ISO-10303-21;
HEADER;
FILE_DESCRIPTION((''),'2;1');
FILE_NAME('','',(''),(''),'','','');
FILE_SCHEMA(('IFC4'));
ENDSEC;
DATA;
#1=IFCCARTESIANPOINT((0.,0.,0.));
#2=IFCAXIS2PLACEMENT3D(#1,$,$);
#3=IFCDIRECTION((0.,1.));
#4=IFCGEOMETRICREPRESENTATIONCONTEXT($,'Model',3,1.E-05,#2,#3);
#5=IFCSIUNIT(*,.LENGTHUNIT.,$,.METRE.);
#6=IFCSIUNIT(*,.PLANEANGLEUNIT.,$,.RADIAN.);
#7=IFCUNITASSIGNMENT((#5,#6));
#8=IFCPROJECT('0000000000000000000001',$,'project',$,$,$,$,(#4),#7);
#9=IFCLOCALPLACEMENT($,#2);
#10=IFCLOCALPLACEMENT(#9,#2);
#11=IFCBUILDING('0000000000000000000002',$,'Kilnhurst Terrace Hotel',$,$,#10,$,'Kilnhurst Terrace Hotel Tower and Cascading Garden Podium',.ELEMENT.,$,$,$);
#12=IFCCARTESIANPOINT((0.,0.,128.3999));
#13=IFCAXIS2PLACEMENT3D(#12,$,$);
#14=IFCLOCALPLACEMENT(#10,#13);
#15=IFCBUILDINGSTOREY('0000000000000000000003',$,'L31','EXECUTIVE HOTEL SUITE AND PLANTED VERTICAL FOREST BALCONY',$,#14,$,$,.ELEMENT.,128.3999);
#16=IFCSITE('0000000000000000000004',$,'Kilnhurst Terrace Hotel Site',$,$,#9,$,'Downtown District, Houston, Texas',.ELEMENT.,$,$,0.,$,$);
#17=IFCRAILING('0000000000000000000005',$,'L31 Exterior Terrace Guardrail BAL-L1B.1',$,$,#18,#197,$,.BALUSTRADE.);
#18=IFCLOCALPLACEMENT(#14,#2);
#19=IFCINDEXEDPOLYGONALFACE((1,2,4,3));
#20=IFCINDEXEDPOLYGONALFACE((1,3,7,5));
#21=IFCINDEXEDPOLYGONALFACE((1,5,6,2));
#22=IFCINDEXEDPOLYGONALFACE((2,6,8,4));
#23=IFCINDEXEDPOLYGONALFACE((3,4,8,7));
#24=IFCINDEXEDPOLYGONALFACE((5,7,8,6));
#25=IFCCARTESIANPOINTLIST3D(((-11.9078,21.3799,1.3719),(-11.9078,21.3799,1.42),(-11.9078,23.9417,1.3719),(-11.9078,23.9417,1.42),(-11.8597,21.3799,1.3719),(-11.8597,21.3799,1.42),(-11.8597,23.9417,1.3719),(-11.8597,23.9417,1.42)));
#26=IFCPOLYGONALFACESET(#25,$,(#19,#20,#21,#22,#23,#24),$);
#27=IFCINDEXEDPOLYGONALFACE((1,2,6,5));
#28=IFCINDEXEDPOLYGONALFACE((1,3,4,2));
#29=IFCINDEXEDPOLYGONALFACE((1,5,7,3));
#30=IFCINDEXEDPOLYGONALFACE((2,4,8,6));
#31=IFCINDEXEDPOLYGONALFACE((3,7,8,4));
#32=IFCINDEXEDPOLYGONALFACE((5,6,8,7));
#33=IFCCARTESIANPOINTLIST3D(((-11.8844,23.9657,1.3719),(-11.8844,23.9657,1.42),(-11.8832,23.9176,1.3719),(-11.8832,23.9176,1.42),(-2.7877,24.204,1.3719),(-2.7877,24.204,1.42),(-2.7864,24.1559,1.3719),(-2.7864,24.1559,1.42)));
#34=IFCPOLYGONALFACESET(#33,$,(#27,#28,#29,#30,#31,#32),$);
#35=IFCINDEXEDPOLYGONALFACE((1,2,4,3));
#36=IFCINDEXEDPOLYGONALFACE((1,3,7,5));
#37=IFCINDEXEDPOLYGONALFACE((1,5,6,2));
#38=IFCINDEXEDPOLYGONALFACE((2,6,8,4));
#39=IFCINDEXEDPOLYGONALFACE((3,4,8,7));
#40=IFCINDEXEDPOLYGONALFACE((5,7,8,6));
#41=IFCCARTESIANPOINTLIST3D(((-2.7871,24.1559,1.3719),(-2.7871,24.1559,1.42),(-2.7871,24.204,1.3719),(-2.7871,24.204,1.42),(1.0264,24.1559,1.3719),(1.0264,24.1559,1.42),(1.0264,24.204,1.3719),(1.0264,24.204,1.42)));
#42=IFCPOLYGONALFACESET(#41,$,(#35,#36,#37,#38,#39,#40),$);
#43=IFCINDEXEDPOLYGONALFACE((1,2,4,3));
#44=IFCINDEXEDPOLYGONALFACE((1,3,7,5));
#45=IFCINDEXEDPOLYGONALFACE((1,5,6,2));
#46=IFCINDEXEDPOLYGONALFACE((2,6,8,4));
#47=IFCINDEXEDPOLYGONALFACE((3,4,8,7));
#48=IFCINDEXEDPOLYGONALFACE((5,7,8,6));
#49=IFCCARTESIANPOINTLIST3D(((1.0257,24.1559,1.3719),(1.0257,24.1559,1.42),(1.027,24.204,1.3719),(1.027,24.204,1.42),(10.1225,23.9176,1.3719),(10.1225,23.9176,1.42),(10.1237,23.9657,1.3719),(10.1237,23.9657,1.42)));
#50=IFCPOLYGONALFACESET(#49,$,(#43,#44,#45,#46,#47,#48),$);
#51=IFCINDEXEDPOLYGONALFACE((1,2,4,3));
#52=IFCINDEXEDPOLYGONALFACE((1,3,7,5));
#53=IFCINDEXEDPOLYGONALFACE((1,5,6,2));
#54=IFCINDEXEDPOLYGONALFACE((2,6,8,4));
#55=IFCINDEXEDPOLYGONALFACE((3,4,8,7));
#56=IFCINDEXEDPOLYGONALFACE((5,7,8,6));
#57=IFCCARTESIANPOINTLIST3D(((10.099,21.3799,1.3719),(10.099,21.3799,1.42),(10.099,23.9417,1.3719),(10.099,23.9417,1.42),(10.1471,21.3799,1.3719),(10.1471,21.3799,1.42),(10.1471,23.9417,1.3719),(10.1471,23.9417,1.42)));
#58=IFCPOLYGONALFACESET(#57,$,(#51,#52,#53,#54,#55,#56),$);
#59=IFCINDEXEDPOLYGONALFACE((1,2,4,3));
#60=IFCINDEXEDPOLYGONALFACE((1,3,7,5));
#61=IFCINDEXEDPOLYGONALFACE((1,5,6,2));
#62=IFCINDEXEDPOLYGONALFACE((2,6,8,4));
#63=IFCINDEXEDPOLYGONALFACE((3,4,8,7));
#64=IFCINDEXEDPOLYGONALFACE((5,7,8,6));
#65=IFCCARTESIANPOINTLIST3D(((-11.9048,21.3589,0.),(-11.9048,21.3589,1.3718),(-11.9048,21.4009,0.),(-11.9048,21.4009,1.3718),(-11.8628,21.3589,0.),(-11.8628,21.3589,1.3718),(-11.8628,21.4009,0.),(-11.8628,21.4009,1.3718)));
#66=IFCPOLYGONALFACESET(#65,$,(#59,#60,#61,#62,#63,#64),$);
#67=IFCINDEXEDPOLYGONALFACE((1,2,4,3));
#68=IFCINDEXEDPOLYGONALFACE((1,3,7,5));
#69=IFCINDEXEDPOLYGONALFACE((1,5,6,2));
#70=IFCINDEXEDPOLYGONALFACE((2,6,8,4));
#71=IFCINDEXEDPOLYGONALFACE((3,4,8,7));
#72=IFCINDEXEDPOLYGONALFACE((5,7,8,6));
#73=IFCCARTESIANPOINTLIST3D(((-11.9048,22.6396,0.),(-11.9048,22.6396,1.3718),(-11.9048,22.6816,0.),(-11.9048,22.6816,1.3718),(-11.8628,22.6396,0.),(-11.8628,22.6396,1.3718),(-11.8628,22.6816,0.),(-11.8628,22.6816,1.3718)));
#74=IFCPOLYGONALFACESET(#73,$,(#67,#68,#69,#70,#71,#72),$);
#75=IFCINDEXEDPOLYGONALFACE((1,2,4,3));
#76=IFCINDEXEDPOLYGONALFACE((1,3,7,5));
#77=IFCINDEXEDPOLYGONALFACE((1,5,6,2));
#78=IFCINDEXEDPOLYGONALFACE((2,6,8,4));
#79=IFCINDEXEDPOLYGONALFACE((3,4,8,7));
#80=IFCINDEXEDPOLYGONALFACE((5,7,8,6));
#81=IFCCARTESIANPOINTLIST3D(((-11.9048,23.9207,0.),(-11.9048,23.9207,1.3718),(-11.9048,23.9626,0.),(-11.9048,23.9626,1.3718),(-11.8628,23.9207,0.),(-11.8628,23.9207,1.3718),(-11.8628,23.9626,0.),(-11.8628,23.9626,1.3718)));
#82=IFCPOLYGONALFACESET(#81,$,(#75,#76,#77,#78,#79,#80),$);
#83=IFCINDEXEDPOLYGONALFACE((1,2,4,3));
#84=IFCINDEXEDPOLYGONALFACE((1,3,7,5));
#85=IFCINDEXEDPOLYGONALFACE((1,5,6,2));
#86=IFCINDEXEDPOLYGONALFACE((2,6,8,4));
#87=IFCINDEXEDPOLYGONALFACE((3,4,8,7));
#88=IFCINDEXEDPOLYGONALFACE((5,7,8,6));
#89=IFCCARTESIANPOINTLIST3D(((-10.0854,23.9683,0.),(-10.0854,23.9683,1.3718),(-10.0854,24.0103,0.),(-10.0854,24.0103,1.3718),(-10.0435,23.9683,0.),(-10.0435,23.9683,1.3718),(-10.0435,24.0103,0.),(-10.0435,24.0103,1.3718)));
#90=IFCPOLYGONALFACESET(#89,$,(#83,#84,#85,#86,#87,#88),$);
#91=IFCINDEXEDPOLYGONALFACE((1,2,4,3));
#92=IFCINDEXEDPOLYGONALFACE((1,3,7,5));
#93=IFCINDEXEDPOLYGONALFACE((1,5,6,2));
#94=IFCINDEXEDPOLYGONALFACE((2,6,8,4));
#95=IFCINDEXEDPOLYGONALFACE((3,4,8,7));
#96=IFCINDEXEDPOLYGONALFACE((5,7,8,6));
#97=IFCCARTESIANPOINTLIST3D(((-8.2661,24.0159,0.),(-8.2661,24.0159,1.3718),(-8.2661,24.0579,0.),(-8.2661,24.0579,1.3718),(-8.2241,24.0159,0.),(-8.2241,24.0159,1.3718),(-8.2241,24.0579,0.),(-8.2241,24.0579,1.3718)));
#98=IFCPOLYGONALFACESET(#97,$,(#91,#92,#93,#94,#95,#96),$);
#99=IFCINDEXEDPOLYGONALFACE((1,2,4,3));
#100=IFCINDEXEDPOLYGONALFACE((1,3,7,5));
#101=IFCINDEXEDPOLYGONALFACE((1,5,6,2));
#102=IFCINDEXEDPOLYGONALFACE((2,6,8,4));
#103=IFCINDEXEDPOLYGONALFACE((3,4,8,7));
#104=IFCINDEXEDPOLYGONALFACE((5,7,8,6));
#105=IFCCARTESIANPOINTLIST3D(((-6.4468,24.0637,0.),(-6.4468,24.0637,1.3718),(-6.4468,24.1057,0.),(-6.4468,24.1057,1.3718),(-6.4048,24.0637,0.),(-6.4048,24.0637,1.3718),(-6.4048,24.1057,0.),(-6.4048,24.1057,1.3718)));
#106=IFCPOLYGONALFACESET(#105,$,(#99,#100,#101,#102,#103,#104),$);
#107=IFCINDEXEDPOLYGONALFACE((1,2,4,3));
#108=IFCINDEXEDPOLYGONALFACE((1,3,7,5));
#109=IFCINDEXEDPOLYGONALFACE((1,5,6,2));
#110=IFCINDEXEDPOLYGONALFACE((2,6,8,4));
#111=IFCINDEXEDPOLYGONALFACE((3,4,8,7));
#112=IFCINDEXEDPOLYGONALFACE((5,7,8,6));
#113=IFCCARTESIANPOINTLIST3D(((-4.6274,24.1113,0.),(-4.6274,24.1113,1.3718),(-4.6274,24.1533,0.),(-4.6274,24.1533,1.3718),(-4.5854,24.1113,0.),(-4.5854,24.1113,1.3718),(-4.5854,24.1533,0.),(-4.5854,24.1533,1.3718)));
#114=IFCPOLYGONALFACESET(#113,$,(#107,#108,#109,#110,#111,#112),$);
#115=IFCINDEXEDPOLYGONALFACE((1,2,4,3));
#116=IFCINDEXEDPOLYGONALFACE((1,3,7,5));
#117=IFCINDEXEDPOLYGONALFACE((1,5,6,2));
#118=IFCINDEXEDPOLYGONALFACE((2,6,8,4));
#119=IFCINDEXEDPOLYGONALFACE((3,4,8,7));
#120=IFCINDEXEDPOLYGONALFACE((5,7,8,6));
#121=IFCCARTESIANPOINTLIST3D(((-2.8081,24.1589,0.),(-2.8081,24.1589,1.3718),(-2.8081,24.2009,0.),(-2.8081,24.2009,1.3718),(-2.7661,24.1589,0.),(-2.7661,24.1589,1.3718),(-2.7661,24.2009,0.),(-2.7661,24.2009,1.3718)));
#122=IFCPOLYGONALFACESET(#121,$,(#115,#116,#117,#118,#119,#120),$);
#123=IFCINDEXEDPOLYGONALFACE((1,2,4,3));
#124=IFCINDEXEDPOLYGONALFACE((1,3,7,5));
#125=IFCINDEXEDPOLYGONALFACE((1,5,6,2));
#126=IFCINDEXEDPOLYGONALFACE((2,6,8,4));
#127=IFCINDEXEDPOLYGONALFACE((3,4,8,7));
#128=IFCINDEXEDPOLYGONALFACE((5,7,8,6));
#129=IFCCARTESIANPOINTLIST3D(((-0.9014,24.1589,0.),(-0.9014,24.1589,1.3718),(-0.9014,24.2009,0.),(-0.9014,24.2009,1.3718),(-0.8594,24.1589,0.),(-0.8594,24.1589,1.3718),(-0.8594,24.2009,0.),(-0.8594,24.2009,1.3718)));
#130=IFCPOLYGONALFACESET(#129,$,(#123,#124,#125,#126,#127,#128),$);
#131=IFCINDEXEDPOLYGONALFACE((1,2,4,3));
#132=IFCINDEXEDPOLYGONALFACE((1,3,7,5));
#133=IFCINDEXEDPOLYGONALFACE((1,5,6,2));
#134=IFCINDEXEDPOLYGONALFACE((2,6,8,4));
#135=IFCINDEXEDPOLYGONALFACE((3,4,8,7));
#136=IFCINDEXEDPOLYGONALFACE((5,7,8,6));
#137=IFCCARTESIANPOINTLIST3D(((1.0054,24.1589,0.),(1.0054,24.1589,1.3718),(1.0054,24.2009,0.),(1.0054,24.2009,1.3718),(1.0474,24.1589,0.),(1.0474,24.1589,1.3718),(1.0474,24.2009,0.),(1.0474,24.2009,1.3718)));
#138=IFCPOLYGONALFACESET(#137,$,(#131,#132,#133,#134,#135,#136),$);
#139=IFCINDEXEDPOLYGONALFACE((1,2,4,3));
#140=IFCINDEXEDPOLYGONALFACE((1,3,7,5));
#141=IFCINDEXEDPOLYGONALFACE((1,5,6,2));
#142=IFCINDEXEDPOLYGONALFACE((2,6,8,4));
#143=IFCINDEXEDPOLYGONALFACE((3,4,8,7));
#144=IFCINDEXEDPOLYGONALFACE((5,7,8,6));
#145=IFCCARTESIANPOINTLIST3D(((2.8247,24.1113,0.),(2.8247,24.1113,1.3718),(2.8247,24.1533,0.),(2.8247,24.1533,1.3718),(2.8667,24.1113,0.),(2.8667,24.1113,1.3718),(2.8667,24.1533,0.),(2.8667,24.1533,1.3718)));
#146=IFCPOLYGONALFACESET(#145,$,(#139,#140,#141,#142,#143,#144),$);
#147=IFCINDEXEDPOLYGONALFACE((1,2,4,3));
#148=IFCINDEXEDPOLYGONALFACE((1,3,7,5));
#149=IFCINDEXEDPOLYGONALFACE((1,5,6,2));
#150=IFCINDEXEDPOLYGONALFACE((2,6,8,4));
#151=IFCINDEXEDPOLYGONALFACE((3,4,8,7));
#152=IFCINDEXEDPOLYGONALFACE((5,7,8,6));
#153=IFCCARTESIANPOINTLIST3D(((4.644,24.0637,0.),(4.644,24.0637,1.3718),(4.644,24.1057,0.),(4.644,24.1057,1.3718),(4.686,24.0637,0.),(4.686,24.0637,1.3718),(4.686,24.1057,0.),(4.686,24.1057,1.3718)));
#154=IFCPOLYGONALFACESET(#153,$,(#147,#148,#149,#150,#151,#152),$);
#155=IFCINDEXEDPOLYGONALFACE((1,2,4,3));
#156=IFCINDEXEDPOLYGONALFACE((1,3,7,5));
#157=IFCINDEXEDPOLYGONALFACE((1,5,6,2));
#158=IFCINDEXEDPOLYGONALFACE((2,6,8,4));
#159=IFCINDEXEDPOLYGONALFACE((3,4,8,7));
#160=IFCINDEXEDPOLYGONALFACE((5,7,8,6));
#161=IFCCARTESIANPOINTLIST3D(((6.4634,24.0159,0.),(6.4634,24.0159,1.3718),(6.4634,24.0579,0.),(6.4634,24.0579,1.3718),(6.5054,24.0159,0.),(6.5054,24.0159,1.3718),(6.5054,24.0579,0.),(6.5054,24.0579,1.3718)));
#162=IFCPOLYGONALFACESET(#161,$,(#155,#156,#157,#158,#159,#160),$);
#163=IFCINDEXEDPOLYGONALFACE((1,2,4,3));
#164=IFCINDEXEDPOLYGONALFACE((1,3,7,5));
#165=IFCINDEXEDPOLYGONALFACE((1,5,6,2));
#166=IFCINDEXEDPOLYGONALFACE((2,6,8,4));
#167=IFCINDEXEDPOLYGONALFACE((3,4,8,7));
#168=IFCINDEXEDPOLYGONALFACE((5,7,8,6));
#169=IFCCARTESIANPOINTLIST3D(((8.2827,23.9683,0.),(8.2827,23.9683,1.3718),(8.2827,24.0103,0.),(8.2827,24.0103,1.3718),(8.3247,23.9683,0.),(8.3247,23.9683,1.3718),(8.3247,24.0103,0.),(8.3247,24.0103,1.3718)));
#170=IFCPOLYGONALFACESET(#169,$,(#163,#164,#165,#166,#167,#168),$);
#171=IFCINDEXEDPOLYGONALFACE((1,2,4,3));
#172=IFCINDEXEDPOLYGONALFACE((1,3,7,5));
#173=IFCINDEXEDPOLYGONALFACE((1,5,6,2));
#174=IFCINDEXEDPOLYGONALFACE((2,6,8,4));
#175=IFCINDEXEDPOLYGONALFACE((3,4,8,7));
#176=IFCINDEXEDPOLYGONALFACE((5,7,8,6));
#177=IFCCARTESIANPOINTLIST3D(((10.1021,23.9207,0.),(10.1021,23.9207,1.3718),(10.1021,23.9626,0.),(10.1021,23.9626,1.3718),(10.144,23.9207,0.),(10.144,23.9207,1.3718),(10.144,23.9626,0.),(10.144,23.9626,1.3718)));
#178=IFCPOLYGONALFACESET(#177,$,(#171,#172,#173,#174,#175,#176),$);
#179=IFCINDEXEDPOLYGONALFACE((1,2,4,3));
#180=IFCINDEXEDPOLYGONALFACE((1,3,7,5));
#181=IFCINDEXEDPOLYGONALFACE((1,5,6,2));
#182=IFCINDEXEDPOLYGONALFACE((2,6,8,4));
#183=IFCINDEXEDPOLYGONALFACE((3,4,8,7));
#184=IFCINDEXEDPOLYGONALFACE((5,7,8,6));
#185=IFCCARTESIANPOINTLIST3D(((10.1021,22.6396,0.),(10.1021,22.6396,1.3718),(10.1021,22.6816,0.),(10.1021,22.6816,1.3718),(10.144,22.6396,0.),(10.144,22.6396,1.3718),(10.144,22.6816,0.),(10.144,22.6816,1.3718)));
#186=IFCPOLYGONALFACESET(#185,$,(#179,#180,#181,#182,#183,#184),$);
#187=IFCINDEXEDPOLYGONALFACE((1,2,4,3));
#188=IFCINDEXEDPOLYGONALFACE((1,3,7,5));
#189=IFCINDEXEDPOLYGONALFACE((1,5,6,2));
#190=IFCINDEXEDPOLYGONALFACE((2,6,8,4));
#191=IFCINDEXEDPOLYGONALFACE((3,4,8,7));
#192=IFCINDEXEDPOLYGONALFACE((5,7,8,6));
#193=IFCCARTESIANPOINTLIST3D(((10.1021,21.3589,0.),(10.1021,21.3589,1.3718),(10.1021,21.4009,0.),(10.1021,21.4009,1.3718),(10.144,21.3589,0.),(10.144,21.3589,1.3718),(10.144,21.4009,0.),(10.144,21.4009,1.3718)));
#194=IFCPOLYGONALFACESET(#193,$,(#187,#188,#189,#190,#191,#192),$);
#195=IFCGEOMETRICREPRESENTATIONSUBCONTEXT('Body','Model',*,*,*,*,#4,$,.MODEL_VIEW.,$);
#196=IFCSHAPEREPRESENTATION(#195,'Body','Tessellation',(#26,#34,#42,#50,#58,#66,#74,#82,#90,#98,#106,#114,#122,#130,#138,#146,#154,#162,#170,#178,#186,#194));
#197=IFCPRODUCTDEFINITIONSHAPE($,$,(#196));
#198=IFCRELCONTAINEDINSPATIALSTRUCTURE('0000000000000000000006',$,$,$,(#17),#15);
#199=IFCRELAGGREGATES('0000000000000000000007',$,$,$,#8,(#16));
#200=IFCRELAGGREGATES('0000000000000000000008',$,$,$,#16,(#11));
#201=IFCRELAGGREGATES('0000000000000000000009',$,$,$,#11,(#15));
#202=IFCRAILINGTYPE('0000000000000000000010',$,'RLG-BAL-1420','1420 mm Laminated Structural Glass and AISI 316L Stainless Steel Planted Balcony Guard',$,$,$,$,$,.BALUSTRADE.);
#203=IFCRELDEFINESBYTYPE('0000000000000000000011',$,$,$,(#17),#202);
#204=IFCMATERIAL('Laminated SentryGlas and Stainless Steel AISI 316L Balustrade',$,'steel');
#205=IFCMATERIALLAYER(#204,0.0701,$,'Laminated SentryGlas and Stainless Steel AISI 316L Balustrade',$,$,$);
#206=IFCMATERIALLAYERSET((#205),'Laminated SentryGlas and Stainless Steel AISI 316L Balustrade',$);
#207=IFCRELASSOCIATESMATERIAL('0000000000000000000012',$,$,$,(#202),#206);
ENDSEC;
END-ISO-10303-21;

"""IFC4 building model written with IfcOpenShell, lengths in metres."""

from ifc_helpers import new_model, si_unit, direction, frame, origin, origin_2d, place, context, subcontext, project, spatial, rectangle, extrude, material, layer, layer_set, type_object, element, save


model = new_model("IFC4")

# Units and contexts
model_context = context("Model", 3, precision=1e-05, world=origin(), true_north=direction((0.0, 1.0)))
body_context = subcontext(model_context, "Body", "Model", "MODEL_VIEW")
ifc_project = project(units=[si_unit("LENGTHUNIT", "METRE"), si_unit("PLANEANGLEUNIT", "RADIAN")], contexts=[model_context])

# Site, building, storey
site_placement = place(None, origin())
site = spatial("IfcSite", under=ifc_project, at=site_placement, Name="Kilnhurst Terrace Hotel Site", LongName="Downtown District, Houston, Texas", CompositionType="ELEMENT", RefElevation=0.0)
building_placement = place(site_placement, origin())
building = spatial("IfcBuilding", under=site, at=building_placement, Name="Kilnhurst Terrace Hotel", LongName="Kilnhurst Terrace Hotel Tower and Cascading Garden Podium", CompositionType="ELEMENT")
storey_placement = place(building_placement, frame((0.0, 0.0, 128.3999)))
storey = spatial("IfcBuildingStorey", under=building, at=storey_placement, Name="L31", Description="EXECUTIVE HOTEL SUITE AND PLANTED VERTICAL FOREST BALCONY", CompositionType="ELEMENT", Elevation=128.3999)

# Railing
ifc_material_1 = material(Name="Laminated SentryGlas and Stainless Steel AISI 316L Balustrade", Category="steel")
ifc_layer_1 = layer(ifc_material_1, 0.0701, Name="Laminated SentryGlas and Stainless Steel AISI 316L Balustrade")
ifc_layer_set_1 = layer_set([ifc_layer_1], Name="Laminated SentryGlas and Stainless Steel AISI 316L Balustrade")
railing_type = type_object("IfcRailingType", Name="RLG-BAL-1420", Description="1420 mm Laminated Structural Glass and AISI 316L Stainless Steel Planted Balcony Guard", PredefinedType="BALUSTRADE", material=ifc_layer_set_1)
railing_placement = place(storey_placement, frame((-11.8838, 21.3799, 0.0)))
element("IfcRailing", 1, at=railing_placement, inside=storey, type_object=railing_type, Name="L31 Exterior Terrace Guardrail BAL-L1B.1", PredefinedType="BALUSTRADE", context=body_context, shape_type="SweptSolid", body=[
    extrude(rectangle(XDim=0.0481, YDim=0.0481, at=origin_2d()), frame((0.0, 0.0, 1.396), z_axis=(0.0, 1.0, 0.0), x_axis=(-1.0, 0.0, 0.0)), (0.0, 0.0, 1.0), 2.5618),
    extrude(rectangle(XDim=0.0481, YDim=0.0481, at=origin_2d()), frame((0.0, 2.5618, 1.396), z_axis=(0.999657, 0.026185, 0.0), x_axis=(-0.026185, 0.999657, 0.0)), (0.0, 0.0, 1.0), 9.0999),
    extrude(rectangle(XDim=0.0481, YDim=0.0481, at=origin_2d()), frame((9.0967, 2.8, 1.396), z_axis=(1.0, 0.0, 0.0), x_axis=(0.0, 1.0, 0.0)), (0.0, 0.0, 1.0), 3.8135),
    extrude(rectangle(XDim=0.0481, YDim=0.0481, at=origin_2d()), frame((12.9102, 2.8, 1.396), z_axis=(0.999657, -0.026185, 0.0), x_axis=(0.026185, 0.999657, 0.0)), (0.0, 0.0, 1.0), 9.0999),
    extrude(rectangle(XDim=0.0481, YDim=0.0481, at=origin_2d()), frame((22.0068, 2.5618, 1.396), z_axis=(0.0, -1.0, 0.0), x_axis=(1.0, 0.0, 0.0)), (0.0, 0.0, 1.0), 2.5618),
    extrude(rectangle(XDim=0.042, YDim=0.042, at=origin_2d()), origin(), (0.0, 0.0, 1.0), 1.3718),
    extrude(rectangle(XDim=0.042, YDim=0.042, at=origin_2d()), frame((0.0, 1.2808, 0.0)), (0.0, 0.0, 1.0), 1.3718),
    extrude(rectangle(XDim=0.042, YDim=0.042, at=origin_2d()), frame((0.0, 2.5618, 0.0)), (0.0, 0.0, 1.0), 1.3718),
    extrude(rectangle(XDim=0.042, YDim=0.042, at=origin_2d()), frame((1.8193, 2.6094, 0.0)), (0.0, 0.0, 1.0), 1.3718),
    extrude(rectangle(XDim=0.042, YDim=0.042, at=origin_2d()), frame((3.6387, 2.657, 0.0)), (0.0, 0.0, 1.0), 1.3718),
    extrude(rectangle(XDim=0.042, YDim=0.042, at=origin_2d()), frame((5.458, 2.7048, 0.0)), (0.0, 0.0, 1.0), 1.3718),
    extrude(rectangle(XDim=0.042, YDim=0.042, at=origin_2d()), frame((7.2773, 2.7524, 0.0)), (0.0, 0.0, 1.0), 1.3718),
    extrude(rectangle(XDim=0.042, YDim=0.042, at=origin_2d()), frame((9.0967, 2.8, 0.0)), (0.0, 0.0, 1.0), 1.3718),
    extrude(rectangle(XDim=0.042, YDim=0.042, at=origin_2d()), frame((11.0034, 2.8, 0.0)), (0.0, 0.0, 1.0), 1.3718),
    extrude(rectangle(XDim=0.042, YDim=0.042, at=origin_2d()), frame((12.9102, 2.8, 0.0)), (0.0, 0.0, 1.0), 1.3718),
    extrude(rectangle(XDim=0.042, YDim=0.042, at=origin_2d()), frame((14.7295, 2.7524, 0.0)), (0.0, 0.0, 1.0), 1.3718),
    extrude(rectangle(XDim=0.042, YDim=0.042, at=origin_2d()), frame((16.5488, 2.7048, 0.0)), (0.0, 0.0, 1.0), 1.3718),
    extrude(rectangle(XDim=0.042, YDim=0.042, at=origin_2d()), frame((18.3682, 2.657, 0.0)), (0.0, 0.0, 1.0), 1.3718),
    extrude(rectangle(XDim=0.042, YDim=0.042, at=origin_2d()), frame((20.1875, 2.6094, 0.0)), (0.0, 0.0, 1.0), 1.3718),
    extrude(rectangle(XDim=0.042, YDim=0.042, at=origin_2d()), frame((22.0068, 2.5618, 0.0)), (0.0, 0.0, 1.0), 1.3718),
    extrude(rectangle(XDim=0.042, YDim=0.042, at=origin_2d()), frame((22.0068, 1.2808, 0.0)), (0.0, 0.0, 1.0), 1.3718),
    extrude(rectangle(XDim=0.042, YDim=0.042, at=origin_2d()), frame((22.0068, 0.0, 0.0)), (0.0, 0.0, 1.0), 1.3718),
])

save(model, "model.ifc")
